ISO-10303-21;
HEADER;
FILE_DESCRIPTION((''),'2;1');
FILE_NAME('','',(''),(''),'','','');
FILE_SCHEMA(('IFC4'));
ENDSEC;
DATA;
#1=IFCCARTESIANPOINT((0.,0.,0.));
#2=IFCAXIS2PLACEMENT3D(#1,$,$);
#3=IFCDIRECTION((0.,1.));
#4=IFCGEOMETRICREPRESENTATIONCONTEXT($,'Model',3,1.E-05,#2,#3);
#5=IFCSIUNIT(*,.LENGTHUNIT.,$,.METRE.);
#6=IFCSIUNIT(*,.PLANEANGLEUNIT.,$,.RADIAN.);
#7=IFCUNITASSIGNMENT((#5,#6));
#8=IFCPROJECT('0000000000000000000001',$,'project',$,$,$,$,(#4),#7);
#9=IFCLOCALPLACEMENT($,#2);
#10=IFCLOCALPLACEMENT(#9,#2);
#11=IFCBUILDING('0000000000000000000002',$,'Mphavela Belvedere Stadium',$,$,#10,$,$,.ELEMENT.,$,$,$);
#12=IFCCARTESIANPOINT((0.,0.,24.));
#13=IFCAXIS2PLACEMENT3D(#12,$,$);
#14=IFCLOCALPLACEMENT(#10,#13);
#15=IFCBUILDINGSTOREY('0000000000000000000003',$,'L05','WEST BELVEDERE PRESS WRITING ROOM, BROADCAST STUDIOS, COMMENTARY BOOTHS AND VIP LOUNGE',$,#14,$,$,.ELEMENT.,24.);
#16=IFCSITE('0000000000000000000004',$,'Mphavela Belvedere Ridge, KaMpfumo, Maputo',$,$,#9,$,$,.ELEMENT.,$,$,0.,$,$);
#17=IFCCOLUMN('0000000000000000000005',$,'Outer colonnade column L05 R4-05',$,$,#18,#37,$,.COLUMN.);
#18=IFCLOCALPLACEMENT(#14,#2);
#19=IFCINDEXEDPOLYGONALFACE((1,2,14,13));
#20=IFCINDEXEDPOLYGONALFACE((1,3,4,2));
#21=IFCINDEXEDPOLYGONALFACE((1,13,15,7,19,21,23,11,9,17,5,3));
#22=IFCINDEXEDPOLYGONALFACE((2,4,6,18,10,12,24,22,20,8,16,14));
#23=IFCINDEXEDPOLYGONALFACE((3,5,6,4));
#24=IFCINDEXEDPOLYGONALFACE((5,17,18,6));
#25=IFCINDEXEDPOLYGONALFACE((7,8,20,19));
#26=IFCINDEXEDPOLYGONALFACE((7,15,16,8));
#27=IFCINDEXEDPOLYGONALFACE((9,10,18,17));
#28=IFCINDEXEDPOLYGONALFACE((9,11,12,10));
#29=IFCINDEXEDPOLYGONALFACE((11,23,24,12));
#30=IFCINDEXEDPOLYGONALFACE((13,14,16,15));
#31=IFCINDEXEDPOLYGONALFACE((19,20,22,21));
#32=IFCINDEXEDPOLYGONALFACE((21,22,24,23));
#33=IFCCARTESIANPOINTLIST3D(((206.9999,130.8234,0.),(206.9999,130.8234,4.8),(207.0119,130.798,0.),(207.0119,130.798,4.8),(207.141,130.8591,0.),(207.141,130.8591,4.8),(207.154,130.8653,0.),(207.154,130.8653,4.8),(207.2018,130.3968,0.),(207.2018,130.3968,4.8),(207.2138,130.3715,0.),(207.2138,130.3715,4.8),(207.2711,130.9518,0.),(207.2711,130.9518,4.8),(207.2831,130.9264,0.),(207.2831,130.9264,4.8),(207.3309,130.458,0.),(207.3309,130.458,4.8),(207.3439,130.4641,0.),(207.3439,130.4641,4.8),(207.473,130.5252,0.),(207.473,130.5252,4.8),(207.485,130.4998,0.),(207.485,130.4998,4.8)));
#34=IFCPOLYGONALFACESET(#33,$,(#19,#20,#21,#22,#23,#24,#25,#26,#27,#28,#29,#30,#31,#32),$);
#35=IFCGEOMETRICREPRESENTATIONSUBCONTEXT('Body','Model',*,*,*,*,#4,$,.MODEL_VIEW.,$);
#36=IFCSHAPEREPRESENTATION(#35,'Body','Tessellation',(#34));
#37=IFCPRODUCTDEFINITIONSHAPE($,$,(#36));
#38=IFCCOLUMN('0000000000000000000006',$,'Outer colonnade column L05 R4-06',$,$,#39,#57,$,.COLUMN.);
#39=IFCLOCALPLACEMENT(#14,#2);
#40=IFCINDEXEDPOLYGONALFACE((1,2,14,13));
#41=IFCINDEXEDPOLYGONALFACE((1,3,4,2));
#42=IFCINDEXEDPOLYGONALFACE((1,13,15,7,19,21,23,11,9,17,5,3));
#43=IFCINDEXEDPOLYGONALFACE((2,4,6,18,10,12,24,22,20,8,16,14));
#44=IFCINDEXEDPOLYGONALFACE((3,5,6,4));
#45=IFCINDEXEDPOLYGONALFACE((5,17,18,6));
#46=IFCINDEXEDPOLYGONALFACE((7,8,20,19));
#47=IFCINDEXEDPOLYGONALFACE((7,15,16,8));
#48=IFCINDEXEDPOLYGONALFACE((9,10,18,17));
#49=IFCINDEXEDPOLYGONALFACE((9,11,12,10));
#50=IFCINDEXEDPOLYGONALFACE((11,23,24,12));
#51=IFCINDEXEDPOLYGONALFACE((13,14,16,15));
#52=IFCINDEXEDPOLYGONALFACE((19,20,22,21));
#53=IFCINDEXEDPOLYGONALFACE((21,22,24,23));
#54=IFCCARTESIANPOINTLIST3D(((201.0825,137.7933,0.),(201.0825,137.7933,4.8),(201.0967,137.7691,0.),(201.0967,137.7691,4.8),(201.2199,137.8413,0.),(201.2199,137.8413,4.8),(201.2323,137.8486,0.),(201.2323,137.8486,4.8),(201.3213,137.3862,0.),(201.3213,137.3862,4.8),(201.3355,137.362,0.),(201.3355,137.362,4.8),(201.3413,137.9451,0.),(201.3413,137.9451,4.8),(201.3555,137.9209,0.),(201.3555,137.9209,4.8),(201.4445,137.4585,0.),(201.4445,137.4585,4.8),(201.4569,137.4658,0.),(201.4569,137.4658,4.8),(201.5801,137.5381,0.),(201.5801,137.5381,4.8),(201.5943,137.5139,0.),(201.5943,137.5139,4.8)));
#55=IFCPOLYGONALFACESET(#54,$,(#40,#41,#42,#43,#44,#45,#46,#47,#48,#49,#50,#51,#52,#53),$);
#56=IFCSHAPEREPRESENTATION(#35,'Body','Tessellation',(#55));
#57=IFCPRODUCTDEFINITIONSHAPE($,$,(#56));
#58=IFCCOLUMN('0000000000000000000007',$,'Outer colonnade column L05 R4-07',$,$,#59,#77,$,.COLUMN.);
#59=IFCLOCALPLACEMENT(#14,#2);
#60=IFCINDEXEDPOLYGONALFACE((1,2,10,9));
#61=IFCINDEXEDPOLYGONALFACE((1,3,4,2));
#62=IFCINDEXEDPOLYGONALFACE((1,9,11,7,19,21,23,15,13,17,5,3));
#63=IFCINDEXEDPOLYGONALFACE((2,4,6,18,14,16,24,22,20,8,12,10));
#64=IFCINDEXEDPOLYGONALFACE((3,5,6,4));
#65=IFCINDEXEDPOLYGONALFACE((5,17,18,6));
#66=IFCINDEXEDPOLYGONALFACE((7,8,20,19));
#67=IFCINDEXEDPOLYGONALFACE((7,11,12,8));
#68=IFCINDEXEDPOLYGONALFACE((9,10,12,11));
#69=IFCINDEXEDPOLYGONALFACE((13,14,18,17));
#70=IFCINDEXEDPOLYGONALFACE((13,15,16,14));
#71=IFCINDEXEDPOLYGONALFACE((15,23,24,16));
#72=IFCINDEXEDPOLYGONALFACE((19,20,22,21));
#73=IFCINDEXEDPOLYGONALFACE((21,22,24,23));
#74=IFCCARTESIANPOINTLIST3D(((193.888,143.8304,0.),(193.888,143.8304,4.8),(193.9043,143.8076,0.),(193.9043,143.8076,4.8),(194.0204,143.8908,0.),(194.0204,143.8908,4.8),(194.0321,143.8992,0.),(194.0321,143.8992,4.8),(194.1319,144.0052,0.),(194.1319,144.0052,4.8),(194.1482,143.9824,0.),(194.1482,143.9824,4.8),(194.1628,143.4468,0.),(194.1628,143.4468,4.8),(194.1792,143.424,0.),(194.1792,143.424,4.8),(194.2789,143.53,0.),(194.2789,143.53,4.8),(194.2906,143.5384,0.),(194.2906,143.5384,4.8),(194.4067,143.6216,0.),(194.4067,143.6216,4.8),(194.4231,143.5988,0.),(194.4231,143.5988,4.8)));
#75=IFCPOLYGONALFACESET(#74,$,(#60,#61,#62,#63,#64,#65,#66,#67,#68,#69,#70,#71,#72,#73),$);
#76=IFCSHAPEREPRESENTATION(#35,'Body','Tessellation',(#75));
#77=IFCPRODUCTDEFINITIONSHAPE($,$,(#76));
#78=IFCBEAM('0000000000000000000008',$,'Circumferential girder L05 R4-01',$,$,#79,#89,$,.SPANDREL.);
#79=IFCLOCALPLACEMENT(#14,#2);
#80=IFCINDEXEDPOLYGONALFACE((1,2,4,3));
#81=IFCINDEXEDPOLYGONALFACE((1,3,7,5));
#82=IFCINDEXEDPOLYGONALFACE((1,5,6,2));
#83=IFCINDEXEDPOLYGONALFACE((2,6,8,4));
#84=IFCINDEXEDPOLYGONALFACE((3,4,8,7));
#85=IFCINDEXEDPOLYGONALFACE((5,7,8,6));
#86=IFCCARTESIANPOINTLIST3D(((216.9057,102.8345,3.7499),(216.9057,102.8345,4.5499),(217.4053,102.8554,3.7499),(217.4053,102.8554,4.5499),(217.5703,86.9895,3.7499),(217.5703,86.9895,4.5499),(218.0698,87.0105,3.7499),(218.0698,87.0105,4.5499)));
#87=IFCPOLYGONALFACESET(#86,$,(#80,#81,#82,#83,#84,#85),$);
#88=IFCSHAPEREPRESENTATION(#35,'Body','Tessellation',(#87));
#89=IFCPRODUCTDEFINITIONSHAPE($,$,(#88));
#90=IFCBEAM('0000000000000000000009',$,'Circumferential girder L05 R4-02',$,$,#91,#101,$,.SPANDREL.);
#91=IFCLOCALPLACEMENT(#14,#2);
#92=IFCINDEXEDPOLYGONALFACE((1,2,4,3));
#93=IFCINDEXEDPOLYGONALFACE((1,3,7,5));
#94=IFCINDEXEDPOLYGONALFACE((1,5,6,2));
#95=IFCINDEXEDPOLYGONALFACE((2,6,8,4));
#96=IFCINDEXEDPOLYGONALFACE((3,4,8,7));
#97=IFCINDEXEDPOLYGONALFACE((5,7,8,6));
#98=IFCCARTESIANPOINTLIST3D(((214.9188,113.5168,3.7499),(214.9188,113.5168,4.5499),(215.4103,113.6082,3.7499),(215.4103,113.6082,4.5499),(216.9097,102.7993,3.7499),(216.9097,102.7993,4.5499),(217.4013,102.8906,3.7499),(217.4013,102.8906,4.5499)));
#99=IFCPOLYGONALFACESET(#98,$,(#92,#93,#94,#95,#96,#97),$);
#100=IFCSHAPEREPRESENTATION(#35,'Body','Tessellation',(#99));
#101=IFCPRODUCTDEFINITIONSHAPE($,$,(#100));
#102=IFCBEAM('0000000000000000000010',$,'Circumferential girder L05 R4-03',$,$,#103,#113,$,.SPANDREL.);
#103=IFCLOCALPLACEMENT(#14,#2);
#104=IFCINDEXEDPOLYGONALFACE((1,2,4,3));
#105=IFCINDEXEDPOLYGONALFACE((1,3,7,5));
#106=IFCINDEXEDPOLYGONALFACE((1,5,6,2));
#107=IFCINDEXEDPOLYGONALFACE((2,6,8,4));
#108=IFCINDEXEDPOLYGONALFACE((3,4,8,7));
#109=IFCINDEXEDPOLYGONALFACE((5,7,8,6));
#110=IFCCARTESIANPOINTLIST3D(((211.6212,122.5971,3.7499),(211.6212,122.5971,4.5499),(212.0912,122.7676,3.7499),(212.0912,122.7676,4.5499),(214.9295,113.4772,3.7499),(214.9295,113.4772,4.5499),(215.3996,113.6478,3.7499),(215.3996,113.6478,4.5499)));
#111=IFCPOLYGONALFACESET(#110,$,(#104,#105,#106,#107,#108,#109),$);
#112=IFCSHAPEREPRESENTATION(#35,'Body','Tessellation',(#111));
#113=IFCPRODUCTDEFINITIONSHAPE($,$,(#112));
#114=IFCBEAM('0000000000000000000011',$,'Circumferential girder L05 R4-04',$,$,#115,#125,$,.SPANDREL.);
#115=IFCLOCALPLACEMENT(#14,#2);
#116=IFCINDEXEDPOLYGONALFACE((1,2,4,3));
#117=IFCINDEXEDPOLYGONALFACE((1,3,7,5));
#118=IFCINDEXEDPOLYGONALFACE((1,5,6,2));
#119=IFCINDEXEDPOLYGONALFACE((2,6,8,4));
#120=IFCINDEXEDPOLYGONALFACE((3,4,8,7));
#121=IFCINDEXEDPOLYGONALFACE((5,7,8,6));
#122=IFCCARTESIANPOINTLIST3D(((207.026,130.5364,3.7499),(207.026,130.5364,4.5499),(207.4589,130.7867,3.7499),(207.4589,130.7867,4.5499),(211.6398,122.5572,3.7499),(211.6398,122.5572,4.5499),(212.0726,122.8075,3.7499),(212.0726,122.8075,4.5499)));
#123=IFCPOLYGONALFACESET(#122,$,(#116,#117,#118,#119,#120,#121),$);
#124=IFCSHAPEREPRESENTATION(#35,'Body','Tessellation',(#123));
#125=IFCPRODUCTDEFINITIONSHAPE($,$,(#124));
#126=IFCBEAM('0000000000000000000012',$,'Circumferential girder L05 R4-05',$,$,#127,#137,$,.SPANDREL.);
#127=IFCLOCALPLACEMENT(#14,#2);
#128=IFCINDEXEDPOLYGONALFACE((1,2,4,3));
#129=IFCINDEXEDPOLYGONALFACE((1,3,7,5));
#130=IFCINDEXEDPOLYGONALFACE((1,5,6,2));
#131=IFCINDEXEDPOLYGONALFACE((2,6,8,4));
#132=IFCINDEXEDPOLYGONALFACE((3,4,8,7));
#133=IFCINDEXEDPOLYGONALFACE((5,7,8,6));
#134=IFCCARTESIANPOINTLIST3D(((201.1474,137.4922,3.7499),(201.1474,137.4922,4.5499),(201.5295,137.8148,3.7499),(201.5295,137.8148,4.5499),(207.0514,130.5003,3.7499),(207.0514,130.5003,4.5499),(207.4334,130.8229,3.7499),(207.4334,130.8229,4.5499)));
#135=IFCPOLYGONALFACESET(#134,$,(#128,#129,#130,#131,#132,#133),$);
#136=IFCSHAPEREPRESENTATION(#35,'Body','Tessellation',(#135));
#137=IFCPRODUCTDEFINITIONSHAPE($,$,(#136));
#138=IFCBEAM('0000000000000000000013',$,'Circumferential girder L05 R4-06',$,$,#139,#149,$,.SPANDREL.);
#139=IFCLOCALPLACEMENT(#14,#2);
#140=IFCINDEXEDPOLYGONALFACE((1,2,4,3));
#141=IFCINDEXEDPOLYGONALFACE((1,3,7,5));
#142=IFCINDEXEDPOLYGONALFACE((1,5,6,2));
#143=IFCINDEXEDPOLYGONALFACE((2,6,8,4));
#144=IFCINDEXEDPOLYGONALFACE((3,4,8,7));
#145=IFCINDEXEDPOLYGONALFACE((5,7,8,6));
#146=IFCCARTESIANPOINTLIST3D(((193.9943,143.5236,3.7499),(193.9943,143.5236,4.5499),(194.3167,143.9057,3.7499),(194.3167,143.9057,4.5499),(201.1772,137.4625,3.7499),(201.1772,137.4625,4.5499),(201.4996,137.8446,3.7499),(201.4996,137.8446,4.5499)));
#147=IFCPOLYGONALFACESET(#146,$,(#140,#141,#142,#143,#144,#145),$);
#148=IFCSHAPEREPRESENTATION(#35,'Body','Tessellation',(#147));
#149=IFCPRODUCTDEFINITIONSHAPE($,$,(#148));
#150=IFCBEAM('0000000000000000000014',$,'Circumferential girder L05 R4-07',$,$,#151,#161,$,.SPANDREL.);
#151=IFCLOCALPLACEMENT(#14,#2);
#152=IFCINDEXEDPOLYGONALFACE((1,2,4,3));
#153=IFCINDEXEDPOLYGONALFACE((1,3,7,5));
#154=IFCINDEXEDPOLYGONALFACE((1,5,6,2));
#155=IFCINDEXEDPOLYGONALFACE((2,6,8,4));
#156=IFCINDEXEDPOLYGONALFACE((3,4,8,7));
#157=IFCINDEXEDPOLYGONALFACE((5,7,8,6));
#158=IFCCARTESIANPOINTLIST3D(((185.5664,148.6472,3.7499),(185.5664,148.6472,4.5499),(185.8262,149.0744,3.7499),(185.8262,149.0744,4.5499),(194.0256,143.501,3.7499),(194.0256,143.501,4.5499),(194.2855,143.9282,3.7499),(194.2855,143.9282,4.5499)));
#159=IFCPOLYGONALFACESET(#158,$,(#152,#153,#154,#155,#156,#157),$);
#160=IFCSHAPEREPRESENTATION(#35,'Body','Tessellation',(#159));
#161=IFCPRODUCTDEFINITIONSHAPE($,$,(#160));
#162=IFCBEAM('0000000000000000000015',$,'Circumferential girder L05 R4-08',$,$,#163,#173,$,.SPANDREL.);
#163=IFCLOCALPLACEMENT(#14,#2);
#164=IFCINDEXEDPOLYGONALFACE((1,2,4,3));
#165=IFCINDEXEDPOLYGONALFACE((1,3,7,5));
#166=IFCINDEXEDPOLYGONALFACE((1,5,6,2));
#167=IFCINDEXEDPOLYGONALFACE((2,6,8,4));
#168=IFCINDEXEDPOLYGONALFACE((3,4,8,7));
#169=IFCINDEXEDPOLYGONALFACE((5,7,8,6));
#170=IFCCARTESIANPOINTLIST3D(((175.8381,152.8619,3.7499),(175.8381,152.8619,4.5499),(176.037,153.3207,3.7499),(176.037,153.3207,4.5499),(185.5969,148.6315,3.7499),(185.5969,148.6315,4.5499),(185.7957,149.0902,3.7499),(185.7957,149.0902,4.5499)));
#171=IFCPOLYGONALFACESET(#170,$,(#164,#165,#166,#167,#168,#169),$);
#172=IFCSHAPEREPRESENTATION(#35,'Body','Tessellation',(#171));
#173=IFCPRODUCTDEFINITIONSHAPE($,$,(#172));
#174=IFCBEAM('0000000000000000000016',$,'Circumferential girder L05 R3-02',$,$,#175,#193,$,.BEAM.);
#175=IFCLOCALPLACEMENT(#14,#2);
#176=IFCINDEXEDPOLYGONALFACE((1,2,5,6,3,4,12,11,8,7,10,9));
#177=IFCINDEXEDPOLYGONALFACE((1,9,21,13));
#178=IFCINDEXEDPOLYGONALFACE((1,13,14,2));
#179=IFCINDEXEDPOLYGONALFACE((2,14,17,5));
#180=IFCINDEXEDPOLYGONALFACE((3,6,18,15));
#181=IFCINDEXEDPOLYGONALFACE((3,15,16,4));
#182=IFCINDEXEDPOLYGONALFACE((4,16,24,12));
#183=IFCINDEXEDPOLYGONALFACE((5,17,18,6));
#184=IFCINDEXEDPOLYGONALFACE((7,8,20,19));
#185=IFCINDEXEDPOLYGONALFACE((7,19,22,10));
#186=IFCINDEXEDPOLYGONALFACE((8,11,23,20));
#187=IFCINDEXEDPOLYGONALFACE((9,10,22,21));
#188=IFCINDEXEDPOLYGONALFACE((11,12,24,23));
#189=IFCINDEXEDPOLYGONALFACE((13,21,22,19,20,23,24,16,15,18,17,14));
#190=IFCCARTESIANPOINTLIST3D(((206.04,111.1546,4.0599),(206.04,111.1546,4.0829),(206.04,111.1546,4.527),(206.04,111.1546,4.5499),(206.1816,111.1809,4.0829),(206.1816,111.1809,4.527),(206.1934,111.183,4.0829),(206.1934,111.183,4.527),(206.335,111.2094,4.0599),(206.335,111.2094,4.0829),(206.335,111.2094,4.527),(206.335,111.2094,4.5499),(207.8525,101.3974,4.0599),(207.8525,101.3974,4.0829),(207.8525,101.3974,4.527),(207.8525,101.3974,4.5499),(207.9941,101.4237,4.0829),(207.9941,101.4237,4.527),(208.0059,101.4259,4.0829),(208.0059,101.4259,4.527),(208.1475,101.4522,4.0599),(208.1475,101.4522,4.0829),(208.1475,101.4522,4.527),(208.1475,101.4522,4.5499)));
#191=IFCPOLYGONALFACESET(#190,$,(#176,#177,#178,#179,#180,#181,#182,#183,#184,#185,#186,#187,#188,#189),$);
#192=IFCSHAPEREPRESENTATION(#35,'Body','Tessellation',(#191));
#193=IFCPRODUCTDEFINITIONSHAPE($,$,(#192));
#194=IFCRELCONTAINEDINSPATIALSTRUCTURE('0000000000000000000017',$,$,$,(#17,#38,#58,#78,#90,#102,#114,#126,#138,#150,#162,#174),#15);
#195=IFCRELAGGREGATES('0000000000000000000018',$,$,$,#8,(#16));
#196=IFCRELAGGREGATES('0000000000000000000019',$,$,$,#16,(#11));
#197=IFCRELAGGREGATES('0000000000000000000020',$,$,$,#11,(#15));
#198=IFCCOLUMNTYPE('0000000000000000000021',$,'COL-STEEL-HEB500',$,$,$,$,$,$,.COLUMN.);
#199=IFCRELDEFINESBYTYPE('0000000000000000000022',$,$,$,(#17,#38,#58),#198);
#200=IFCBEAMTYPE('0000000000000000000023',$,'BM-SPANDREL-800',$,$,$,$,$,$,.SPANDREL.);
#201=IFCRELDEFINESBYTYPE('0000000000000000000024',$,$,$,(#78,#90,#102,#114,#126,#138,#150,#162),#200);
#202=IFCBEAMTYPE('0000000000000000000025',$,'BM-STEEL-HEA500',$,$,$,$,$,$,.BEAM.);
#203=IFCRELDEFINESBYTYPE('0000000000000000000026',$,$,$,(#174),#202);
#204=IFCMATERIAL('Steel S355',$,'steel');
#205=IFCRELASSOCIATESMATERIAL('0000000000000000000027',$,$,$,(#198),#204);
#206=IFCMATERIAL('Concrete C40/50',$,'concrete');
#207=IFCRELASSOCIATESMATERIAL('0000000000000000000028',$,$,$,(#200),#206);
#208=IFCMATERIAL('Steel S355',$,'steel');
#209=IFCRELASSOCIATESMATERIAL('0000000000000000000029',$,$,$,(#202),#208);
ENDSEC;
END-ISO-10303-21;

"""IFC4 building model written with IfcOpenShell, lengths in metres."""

from ifc_helpers import new_model, si_unit, direction, frame, origin, origin_2d, place, context, subcontext, project, spatial, rectangle, i_section, extrude, material, material_profile, profile_set, type_object, element, save


model = new_model("IFC4")

# Units and contexts
model_context = context("Model", 3, precision=1e-05, world=origin(), true_north=direction((0.0, 1.0)))
body_context = subcontext(model_context, "Body", "Model", "MODEL_VIEW")
ifc_project = project(units=[si_unit("LENGTHUNIT", "METRE"), si_unit("PLANEANGLEUNIT", "RADIAN")], contexts=[model_context])

# Site, building, storey
site_placement = place(None, origin())
site = spatial("IfcSite", under=ifc_project, at=site_placement, Name="Mphavela Belvedere Ridge, KaMpfumo, Maputo", CompositionType="ELEMENT", RefElevation=0.0)
building_placement = place(site_placement, origin())
building = spatial("IfcBuilding", under=site, at=building_placement, Name="Mphavela Belvedere Stadium", CompositionType="ELEMENT")
storey_placement = place(building_placement, frame((0.0, 0.0, 24.0)))
storey = spatial("IfcBuildingStorey", under=building, at=storey_placement, Name="L05", Description="WEST BELVEDERE PRESS WRITING ROOM, BROADCAST STUDIOS, COMMENTARY BOOTHS AND VIP LOUNGE", CompositionType="ELEMENT", Elevation=24.0)

# Columns
ifc_material_1 = material(Name="Steel S355", Category="steel")
ifc_material_profile_1 = material_profile(ifc_material_1, i_section(OverallWidth=0.3, OverallDepth=0.5, WebThickness=0.0144, FlangeThickness=0.0281, at=origin_2d()), Name="HEB 500")
ifc_profile_set_1 = profile_set([ifc_material_profile_1], Name="Steel S355")
column_type_1 = type_object("IfcColumnType", Name="COL-STEEL-HEB500", PredefinedType="COLUMN", material=ifc_profile_set_1)
for number, where, z_axis, x_axis, name in (
    (1, (207.2424, 130.6616, 0.0), (0.0, 0.0, 1.0), (0.903859, 0.427831, 0.0), "Outer colonnade column L05 R4-05"),
    (2, (201.3384, 137.6536, 0.0), (0.0, 0.0, 1.0), (0.862514, 0.506034, 0.0), "Outer colonnade column L05 R4-06"),
    (3, (194.1555, 143.7146, 0.0), (0.0, 0.0, 1.0), (0.812898, 0.582407, 0.0), "Outer colonnade column L05 R4-07"),
):
    element("IfcColumn", number, at=place(storey_placement, frame(where, z_axis=z_axis, x_axis=x_axis)), inside=storey, type_object=column_type_1, Name=name, PredefinedType="COLUMN", context=body_context, shape_type="SweptSolid", body=[
        extrude(i_section(OverallWidth=0.3, OverallDepth=0.5, WebThickness=0.0144, FlangeThickness=0.0281, at=origin_2d()), origin(), (0.0, 0.0, 1.0), 4.8),
    ])

# Beams
ifc_material_2 = material(Name="Concrete C40/50", Category="concrete")
ifc_material_profile_2 = material_profile(ifc_material_2, rectangle(XDim=0.5, YDim=0.8, at=origin_2d()), Name="RC 500x800")
ifc_profile_set_2 = profile_set([ifc_material_profile_2], Name="Concrete C40/50")
beam_type_1 = type_object("IfcBeamType", Name="BM-SPANDREL-800", PredefinedType="SPANDREL", material=ifc_profile_set_2)
beam_1_placement = place(storey_placement, frame((217.8201, 87.0, 4.1499), z_axis=(-0.041904, 0.999122, 0.0), x_axis=(-0.999122, -0.041904, 0.0)))
element("IfcBeam", 4, at=beam_1_placement, inside=storey, type_object=beam_type_1, Name="Circumferential girder L05 R4-01", PredefinedType="SPANDREL", context=body_context, shape_type="SweptSolid", body=[
    extrude(rectangle(XDim=0.5, YDim=0.8, at=origin_2d()), origin(), (0.0, 0.0, 1.0), 15.8589),
])
beam_2_placement = place(storey_placement, frame((217.1555, 102.845, 4.1499), z_axis=(-0.182643, 0.983179, 0.0), x_axis=(-0.983179, -0.182643, 0.0)))
element("IfcBeam", 5, at=beam_2_placement, inside=storey, type_object=beam_type_1, Name="Circumferential girder L05 R4-02", PredefinedType="SPANDREL", context=body_context, shape_type="SweptSolid", body=[
    extrude(rectangle(XDim=0.5, YDim=0.8, at=origin_2d()), origin(), (0.0, 0.0, 1.0), 10.9009),
])
beam_3_placement = place(storey_placement, frame((215.1646, 113.5625, 4.1499), z_axis=(-0.341018, 0.940057, 0.0), x_axis=(-0.940057, -0.341018, 0.0)))
element("IfcBeam", 6, at=beam_3_placement, inside=storey, type_object=beam_type_1, Name="Circumferential girder L05 R4-03", PredefinedType="SPANDREL", context=body_context, shape_type="SweptSolid", body=[
    extrude(rectangle(XDim=0.5, YDim=0.8, at=origin_2d()), origin(), (0.0, 0.0, 1.0), 9.7014),
])
beam_4_placement = place(storey_placement, frame((211.8562, 122.6824, 4.1499), z_axis=(-0.500565, 0.865699, 0.0), x_axis=(-0.865699, -0.500565, 0.0)))
element("IfcBeam", 7, at=beam_4_placement, inside=storey, type_object=beam_type_1, Name="Circumferential girder L05 R4-04", PredefinedType="SPANDREL", context=body_context, shape_type="SweptSolid", body=[
    extrude(rectangle(XDim=0.5, YDim=0.8, at=origin_2d()), origin(), (0.0, 0.0, 1.0), 9.217),
])
beam_5_placement = place(storey_placement, frame((207.2424, 130.6616, 4.1499), z_axis=(-0.645165, 0.764044, 0.0), x_axis=(-0.764044, -0.645165, 0.0)))
element("IfcBeam", 8, at=beam_5_placement, inside=storey, type_object=beam_type_1, Name="Circumferential girder L05 R4-05", PredefinedType="SPANDREL", context=body_context, shape_type="SweptSolid", body=[
    extrude(rectangle(XDim=0.5, YDim=0.8, at=origin_2d()), origin(), (0.0, 0.0, 1.0), 9.1511),
])
beam_6_placement = place(storey_placement, frame((201.3384, 137.6536, 4.1499), z_axis=(-0.764265, 0.644902, 0.0), x_axis=(-0.644902, -0.764265, 0.0)))
element("IfcBeam", 9, at=beam_6_placement, inside=storey, type_object=beam_type_1, Name="Circumferential girder L05 R4-06", PredefinedType="SPANDREL", context=body_context, shape_type="SweptSolid", body=[
    extrude(rectangle(XDim=0.5, YDim=0.8, at=origin_2d()), origin(), (0.0, 0.0, 1.0), 9.3984),
])
beam_7_placement = place(storey_placement, frame((194.1555, 143.7146, 4.1499), z_axis=(-0.854327, 0.519737, 0.0), x_axis=(-0.519737, -0.854327, 0.0)))
element("IfcBeam", 10, at=beam_7_placement, inside=storey, type_object=beam_type_1, Name="Circumferential girder L05 R4-07", PredefinedType="SPANDREL", context=body_context, shape_type="SweptSolid", body=[
    extrude(rectangle(XDim=0.5, YDim=0.8, at=origin_2d()), origin(), (0.0, 0.0, 1.0), 9.9016),
])
beam_8_placement = place(storey_placement, frame((185.6963, 148.8608, 4.1499), z_axis=(-0.917499, 0.397739, 0.0), x_axis=(-0.397739, -0.917499, 0.0)))
element("IfcBeam", 11, at=beam_8_placement, inside=storey, type_object=beam_type_1, Name="Circumferential girder L05 R4-08", PredefinedType="SPANDREL", context=body_context, shape_type="SweptSolid", body=[
    extrude(rectangle(XDim=0.5, YDim=0.8, at=origin_2d()), origin(), (0.0, 0.0, 1.0), 10.6362),
])
ifc_material_3 = material(Name="Steel S355", Category="steel")
ifc_material_profile_3 = material_profile(ifc_material_3, i_section(OverallWidth=0.3, OverallDepth=0.49, WebThickness=0.012, FlangeThickness=0.0229, at=origin_2d()), Name="HEA 500")
ifc_profile_set_3 = profile_set([ifc_material_profile_3], Name="Steel S355")
beam_type_2 = type_object("IfcBeamType", Name="BM-STEEL-HEA500", PredefinedType="BEAM", material=ifc_profile_set_3)
beam_9_placement = place(storey_placement, frame((208.0, 101.4248, 4.3049), z_axis=(-0.182638, 0.98318, 0.0), x_axis=(-0.98318, -0.182638, 0.0)))
element("IfcBeam", 12, at=beam_9_placement, inside=storey, type_object=beam_type_2, Name="Circumferential girder L05 R3-02", PredefinedType="BEAM", context=body_context, shape_type="SweptSolid", body=[
    extrude(i_section(OverallWidth=0.3, OverallDepth=0.49, WebThickness=0.012, FlangeThickness=0.0229, at=origin_2d()), origin(), (0.0, 0.0, 1.0), 9.9241),
])

save(model, "model.ifc")
